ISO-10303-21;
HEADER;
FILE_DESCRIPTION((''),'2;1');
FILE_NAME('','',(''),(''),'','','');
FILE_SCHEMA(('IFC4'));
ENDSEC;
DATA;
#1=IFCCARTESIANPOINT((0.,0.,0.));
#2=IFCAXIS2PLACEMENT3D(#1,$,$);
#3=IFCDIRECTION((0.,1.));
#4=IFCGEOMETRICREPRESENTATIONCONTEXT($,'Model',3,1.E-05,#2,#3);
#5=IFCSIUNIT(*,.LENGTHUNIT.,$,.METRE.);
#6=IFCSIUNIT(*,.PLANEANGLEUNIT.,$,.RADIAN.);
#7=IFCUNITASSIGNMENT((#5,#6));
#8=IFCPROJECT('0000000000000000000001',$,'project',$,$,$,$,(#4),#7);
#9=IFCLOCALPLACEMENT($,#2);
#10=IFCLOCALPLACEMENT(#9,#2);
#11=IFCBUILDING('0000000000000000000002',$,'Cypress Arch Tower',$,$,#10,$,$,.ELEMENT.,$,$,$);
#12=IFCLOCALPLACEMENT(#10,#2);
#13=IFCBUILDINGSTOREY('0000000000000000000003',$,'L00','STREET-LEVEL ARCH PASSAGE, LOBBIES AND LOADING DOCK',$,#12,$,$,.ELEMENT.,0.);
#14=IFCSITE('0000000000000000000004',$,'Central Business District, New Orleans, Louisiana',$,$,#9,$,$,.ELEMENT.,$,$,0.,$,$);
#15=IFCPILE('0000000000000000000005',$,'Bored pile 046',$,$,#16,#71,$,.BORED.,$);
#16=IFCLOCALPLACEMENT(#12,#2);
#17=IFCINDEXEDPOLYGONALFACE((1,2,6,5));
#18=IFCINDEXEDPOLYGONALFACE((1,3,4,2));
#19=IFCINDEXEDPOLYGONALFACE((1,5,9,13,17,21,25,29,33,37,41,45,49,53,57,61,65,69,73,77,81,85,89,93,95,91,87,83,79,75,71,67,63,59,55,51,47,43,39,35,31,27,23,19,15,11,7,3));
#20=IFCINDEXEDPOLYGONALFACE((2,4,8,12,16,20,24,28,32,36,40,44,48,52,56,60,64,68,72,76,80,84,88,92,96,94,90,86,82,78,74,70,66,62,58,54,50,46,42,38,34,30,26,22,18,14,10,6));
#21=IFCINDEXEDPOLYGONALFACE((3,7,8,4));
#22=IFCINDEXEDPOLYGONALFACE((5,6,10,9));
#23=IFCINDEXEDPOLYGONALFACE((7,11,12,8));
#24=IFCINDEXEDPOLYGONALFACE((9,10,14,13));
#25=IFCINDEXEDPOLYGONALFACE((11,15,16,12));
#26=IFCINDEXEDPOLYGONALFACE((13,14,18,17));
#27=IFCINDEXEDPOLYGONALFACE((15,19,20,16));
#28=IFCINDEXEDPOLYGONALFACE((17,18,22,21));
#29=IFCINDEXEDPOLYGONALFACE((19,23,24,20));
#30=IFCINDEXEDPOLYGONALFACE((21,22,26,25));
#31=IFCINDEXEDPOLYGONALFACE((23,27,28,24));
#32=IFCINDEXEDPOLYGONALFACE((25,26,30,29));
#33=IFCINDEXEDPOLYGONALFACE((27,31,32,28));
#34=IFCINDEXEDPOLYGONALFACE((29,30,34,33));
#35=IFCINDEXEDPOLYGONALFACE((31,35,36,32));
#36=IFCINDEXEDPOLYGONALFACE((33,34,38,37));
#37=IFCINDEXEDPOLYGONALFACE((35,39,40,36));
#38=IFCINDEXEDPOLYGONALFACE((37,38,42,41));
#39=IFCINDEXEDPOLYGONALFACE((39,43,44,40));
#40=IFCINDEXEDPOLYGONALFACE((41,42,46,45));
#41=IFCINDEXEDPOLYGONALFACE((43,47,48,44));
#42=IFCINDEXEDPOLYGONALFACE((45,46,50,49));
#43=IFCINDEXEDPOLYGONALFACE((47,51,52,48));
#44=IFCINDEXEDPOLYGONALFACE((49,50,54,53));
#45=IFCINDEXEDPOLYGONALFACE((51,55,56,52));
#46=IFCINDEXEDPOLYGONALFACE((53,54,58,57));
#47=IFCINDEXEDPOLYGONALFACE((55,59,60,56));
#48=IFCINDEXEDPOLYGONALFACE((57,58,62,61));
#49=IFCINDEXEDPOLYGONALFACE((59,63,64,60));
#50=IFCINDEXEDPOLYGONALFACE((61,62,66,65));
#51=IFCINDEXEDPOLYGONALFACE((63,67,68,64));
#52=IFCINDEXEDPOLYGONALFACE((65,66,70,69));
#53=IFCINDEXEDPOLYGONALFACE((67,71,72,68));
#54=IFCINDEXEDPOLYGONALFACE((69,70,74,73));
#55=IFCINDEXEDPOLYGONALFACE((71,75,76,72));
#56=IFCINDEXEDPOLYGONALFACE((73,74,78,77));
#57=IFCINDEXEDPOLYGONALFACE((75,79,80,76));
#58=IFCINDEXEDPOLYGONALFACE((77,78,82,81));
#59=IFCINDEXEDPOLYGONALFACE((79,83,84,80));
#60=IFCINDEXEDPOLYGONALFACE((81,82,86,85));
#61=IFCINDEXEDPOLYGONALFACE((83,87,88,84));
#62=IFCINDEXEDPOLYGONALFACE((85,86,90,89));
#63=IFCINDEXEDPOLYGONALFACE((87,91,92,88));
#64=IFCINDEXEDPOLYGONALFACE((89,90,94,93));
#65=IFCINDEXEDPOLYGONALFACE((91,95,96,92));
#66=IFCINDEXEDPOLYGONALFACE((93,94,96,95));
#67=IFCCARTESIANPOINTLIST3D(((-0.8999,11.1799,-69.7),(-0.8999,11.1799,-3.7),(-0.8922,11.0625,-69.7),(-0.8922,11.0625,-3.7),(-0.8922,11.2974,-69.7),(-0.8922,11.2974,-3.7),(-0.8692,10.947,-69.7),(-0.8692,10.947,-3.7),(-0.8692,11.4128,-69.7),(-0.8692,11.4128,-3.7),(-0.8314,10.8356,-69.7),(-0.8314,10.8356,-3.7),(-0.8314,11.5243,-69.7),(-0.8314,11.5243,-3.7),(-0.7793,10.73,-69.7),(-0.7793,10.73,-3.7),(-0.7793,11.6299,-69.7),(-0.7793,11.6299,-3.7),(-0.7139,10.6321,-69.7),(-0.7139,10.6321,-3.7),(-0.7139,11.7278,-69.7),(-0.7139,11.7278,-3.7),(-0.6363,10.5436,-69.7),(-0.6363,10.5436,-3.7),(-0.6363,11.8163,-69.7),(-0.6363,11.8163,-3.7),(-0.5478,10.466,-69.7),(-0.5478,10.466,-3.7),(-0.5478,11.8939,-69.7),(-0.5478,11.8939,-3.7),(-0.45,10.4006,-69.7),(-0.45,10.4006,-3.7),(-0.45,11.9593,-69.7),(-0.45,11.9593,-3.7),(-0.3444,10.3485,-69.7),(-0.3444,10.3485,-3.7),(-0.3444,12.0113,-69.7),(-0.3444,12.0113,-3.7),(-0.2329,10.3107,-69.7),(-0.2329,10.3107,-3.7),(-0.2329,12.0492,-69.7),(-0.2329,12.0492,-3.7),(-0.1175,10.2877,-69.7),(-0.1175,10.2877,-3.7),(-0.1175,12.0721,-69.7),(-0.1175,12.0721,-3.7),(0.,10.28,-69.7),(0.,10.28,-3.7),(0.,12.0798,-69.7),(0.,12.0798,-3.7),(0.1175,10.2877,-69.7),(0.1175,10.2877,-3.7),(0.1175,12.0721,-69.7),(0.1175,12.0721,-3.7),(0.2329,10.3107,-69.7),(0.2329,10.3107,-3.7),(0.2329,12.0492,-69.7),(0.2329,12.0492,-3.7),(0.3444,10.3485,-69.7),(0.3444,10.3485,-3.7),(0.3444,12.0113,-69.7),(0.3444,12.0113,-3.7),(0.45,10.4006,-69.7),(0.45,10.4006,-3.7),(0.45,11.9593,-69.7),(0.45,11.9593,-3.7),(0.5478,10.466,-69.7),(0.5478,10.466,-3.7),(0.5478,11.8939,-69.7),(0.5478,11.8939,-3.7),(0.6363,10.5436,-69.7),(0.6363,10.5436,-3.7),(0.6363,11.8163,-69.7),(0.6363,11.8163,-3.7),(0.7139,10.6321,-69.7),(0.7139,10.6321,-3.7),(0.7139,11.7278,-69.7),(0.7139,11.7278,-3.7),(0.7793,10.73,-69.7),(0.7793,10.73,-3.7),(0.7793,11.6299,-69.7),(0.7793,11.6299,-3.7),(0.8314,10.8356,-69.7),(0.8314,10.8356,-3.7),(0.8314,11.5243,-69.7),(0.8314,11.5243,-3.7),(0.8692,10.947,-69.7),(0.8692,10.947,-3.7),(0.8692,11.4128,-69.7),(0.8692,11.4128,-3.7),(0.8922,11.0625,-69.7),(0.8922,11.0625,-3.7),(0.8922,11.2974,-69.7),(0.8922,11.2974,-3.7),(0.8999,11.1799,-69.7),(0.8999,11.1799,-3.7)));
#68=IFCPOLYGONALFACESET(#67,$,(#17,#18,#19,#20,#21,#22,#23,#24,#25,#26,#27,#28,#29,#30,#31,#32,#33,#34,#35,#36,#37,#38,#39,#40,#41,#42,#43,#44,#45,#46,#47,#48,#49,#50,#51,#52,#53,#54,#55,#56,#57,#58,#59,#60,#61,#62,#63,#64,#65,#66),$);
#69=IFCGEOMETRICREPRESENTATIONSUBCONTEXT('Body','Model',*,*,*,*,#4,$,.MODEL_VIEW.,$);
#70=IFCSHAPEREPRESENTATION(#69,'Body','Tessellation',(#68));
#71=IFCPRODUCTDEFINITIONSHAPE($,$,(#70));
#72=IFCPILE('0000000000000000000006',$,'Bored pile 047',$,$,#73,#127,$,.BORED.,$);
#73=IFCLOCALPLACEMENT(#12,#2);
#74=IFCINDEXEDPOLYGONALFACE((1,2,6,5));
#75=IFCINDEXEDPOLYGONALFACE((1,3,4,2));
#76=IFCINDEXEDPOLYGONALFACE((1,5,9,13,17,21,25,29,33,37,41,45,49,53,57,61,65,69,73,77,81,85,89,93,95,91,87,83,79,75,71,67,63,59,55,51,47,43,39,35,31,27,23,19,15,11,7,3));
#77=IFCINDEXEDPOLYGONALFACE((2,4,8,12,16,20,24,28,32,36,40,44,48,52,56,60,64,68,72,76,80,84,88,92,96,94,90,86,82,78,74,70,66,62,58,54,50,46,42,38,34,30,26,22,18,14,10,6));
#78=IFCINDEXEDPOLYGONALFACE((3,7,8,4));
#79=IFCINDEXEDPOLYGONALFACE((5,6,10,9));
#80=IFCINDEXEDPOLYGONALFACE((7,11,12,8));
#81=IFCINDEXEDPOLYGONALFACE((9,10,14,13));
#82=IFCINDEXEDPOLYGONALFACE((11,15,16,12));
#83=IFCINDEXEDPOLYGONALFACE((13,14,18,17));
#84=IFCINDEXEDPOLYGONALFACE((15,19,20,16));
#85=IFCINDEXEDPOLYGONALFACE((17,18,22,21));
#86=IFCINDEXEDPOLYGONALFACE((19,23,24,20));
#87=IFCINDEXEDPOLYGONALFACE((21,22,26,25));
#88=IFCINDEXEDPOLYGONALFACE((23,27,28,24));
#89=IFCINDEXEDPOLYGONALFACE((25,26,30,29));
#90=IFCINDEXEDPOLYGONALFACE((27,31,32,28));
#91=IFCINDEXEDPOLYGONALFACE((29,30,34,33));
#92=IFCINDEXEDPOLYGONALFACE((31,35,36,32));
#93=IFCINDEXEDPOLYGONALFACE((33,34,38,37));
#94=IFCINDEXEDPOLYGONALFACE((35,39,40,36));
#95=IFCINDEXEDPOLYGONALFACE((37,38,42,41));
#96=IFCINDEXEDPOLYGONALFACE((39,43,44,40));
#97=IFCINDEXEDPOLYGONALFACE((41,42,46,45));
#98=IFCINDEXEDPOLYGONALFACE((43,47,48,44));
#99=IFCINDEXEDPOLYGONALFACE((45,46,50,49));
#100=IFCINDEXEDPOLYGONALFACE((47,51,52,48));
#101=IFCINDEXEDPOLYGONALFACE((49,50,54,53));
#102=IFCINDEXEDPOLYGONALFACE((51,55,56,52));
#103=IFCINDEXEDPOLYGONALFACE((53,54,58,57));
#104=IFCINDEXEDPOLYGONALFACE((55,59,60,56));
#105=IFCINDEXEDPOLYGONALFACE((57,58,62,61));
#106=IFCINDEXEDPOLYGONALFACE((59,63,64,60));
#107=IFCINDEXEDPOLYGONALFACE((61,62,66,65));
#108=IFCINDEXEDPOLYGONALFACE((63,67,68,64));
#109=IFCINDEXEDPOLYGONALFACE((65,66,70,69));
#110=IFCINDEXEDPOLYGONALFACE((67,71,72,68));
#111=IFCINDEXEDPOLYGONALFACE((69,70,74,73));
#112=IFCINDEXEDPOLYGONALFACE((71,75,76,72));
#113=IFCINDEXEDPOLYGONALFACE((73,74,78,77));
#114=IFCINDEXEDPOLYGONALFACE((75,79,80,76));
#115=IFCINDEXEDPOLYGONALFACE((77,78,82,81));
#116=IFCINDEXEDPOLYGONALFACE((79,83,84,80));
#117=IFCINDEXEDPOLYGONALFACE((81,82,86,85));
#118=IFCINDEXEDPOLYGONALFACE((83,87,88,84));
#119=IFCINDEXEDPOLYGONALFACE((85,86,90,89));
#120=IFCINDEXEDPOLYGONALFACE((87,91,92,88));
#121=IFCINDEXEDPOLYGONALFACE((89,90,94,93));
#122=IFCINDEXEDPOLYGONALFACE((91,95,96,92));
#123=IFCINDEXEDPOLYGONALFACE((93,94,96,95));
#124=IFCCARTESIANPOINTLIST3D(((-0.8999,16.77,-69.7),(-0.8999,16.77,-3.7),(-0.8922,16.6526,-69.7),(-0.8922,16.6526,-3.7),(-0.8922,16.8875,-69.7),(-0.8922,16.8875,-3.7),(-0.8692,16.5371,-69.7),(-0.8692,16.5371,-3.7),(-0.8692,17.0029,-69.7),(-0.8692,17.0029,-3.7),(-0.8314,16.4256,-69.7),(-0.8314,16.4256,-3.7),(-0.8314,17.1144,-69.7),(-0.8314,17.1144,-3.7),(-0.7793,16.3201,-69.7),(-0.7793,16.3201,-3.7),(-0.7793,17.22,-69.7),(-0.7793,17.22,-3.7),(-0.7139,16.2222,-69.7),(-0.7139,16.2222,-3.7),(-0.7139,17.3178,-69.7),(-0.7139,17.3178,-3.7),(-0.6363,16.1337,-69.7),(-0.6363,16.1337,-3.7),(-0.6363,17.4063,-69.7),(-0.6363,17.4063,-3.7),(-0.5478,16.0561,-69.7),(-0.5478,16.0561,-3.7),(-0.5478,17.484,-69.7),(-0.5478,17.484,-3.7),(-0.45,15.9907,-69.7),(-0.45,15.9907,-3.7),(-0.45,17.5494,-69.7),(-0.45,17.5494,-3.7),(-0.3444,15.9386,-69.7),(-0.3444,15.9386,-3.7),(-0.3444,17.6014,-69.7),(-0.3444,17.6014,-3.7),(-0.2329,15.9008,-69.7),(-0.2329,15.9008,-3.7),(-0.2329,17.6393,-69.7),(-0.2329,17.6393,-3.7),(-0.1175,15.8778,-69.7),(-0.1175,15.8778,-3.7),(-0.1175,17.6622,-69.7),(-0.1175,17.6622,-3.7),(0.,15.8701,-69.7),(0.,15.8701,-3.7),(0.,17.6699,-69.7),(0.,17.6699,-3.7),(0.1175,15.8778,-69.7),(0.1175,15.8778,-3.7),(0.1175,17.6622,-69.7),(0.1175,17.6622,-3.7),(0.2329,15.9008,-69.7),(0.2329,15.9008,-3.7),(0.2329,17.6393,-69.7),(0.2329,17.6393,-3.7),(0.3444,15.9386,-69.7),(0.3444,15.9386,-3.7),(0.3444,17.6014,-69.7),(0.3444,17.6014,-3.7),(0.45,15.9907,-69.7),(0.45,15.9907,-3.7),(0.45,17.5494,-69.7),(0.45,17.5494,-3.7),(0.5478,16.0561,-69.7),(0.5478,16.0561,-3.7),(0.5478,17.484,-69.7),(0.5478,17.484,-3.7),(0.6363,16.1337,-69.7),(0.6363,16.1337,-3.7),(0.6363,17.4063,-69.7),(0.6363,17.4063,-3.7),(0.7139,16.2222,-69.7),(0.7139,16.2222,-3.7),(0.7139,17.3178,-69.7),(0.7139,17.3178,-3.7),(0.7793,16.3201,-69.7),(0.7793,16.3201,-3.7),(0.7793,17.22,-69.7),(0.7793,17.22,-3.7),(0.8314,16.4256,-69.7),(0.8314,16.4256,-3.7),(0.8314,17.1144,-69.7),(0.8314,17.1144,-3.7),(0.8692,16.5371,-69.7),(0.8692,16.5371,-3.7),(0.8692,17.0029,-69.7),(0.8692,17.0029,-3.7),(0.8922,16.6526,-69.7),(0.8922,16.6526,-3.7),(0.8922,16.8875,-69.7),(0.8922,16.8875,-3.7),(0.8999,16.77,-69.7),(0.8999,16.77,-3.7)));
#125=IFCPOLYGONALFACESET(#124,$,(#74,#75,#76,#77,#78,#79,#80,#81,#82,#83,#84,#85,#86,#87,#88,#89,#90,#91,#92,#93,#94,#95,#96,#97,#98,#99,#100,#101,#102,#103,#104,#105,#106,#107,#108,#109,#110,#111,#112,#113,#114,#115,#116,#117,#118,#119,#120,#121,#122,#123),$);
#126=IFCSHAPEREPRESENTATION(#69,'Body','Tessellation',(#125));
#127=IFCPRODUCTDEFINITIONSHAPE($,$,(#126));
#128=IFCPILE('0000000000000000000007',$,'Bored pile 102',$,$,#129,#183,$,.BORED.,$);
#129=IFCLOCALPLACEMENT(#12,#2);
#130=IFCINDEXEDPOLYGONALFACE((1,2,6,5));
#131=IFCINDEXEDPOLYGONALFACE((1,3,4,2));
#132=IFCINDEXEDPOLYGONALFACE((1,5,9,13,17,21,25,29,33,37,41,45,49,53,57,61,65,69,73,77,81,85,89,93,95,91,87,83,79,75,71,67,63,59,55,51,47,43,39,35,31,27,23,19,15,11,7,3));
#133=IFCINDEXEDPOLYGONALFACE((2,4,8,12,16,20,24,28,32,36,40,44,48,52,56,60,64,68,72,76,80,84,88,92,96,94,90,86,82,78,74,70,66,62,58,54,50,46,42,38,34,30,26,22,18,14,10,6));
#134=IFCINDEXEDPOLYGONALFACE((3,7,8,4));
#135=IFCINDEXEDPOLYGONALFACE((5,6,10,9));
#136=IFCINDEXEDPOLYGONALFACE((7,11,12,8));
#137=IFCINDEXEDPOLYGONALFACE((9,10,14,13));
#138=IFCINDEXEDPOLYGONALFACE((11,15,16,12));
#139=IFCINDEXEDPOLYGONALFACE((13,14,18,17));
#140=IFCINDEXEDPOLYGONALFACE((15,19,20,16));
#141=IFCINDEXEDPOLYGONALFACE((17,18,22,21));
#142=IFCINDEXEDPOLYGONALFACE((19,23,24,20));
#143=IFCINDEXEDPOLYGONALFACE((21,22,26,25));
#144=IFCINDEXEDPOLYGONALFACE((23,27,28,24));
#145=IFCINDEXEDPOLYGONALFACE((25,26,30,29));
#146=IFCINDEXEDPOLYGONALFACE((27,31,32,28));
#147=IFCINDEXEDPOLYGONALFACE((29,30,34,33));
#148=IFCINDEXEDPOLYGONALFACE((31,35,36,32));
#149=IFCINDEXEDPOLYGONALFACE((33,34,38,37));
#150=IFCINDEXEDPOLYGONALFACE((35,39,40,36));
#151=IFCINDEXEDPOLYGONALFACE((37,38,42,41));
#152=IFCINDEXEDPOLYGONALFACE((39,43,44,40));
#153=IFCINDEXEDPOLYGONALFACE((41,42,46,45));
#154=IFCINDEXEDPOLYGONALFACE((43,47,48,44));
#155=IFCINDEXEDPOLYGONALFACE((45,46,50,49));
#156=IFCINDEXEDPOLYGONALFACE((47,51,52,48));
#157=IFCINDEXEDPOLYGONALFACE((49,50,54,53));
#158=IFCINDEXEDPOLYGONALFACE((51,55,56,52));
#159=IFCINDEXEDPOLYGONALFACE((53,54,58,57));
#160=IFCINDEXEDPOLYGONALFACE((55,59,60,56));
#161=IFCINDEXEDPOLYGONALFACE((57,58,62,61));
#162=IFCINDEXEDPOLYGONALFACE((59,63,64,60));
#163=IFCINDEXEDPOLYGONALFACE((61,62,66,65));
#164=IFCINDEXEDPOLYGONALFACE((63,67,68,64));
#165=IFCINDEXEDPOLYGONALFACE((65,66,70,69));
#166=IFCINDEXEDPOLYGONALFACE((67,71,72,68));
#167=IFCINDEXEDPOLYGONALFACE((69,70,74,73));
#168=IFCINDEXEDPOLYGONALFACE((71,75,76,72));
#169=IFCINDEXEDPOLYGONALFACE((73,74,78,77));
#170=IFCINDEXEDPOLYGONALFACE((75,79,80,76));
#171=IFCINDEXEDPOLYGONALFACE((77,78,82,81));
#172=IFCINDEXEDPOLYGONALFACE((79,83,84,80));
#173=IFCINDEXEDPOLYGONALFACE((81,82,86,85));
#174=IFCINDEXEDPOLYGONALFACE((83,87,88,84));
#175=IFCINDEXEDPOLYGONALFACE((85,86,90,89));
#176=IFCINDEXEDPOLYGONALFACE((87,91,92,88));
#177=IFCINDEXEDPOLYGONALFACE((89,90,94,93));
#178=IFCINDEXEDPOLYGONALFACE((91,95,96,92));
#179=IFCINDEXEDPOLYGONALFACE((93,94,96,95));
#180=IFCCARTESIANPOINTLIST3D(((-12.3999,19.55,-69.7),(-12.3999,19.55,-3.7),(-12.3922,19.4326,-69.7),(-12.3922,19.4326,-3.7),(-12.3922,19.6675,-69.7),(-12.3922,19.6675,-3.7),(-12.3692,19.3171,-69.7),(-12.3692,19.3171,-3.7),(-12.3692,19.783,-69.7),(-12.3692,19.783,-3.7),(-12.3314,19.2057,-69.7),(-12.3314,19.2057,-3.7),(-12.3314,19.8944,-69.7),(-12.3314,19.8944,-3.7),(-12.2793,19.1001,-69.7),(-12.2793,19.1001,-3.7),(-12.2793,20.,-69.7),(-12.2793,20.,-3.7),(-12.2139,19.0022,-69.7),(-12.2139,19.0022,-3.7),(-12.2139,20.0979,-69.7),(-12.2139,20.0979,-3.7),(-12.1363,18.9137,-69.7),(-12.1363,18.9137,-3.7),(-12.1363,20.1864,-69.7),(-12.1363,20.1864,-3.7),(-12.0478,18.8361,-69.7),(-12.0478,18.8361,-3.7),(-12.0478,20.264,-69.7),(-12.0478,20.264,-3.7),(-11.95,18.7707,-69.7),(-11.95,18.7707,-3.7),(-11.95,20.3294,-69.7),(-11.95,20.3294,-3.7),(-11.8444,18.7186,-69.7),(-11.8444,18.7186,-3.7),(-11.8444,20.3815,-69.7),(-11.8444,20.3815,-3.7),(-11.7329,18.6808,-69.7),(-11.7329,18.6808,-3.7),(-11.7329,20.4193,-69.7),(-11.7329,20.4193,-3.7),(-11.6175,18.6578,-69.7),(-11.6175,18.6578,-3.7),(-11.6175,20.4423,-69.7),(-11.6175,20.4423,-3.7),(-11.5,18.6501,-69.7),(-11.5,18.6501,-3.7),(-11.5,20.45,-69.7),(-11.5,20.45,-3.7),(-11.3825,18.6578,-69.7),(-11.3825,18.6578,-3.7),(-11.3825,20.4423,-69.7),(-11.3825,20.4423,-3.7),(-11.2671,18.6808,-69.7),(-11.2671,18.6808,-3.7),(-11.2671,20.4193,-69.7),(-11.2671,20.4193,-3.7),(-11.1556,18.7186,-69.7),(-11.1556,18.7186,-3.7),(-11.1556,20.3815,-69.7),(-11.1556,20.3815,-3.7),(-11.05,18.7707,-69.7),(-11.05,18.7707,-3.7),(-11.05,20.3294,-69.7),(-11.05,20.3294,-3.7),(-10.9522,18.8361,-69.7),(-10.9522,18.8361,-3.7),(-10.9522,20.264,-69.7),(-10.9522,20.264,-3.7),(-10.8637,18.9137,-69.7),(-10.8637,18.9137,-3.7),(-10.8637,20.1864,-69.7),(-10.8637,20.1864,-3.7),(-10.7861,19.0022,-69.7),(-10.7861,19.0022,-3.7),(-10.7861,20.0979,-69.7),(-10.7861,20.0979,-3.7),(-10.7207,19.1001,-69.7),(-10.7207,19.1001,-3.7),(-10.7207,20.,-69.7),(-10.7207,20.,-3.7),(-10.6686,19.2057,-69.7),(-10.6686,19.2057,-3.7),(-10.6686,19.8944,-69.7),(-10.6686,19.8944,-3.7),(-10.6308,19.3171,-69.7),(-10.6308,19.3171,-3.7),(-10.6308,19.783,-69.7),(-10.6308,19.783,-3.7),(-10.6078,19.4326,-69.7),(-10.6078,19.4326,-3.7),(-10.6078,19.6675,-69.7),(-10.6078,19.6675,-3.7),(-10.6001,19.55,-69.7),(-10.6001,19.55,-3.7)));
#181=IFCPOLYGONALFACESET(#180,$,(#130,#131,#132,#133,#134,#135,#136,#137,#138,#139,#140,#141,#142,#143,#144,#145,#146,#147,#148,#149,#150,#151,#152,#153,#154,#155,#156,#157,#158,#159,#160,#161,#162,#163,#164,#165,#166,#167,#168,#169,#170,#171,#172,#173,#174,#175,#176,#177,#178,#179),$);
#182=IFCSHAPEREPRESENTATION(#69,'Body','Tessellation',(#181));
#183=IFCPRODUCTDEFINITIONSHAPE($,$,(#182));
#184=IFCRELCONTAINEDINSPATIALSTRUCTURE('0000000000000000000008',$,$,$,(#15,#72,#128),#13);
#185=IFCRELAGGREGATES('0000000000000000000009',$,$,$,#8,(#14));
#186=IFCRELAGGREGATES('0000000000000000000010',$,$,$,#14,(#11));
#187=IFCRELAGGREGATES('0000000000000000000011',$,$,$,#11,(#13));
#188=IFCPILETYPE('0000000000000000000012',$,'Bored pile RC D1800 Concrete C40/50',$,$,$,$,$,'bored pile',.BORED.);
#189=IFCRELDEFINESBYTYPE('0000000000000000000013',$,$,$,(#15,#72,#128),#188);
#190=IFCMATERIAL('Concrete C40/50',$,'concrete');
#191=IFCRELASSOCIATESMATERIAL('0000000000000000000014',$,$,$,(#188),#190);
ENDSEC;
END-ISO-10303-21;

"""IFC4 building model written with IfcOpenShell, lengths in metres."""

from ifc_helpers import new_model, si_unit, direction, frame, origin, origin_2d, place, context, subcontext, project, spatial, circle, extrude, material, material_profile, profile_set, type_object, element, save


model = new_model("IFC4")

# Units and contexts
model_context = context("Model", 3, precision=1e-05, world=origin(), true_north=direction((0.0, 1.0)))
body_context = subcontext(model_context, "Body", "Model", "MODEL_VIEW")
ifc_project = project(units=[si_unit("LENGTHUNIT", "METRE"), si_unit("PLANEANGLEUNIT", "RADIAN")], contexts=[model_context])

# Site, building, storey
site_placement = place(None, origin())
site = spatial("IfcSite", under=ifc_project, at=site_placement, Name="Central Business District, New Orleans, Louisiana", CompositionType="ELEMENT", RefElevation=0.0)
building_placement = place(site_placement, origin())
building = spatial("IfcBuilding", under=site, at=building_placement, Name="Cypress Arch Tower", CompositionType="ELEMENT")
storey_placement = place(building_placement, origin())
storey = spatial("IfcBuildingStorey", under=building, at=storey_placement, Name="L00", Description="STREET-LEVEL ARCH PASSAGE, LOBBIES AND LOADING DOCK", CompositionType="ELEMENT", Elevation=0.0)

# Piles
ifc_material_1 = material(Name="Concrete C40/50", Category="concrete")
ifc_material_profile_1 = material_profile(ifc_material_1, circle(Radius=0.8999, at=origin_2d()), Name="RC D1800")
ifc_profile_set_1 = profile_set([ifc_material_profile_1], Name="Concrete C40/50")
pile_type = type_object("IfcPileType", Name="Bored pile RC D1800 Concrete C40/50", ElementType="bored pile", PredefinedType="BORED", material=ifc_profile_set_1)
for number, where, z_axis, x_axis, name in (
    (1, (0.0, 11.1799, -3.7), (0.0, 0.0, -1.0), (1.0, 0.0, 0.0), "Bored pile 046"),
    (2, (0.0, 16.77, -3.7), (0.0, 0.0, -1.0), (1.0, 0.0, 0.0), "Bored pile 047"),
    (3, (-11.5, 19.55, -3.7), (0.0, 0.0, -1.0), (1.0, 0.0, 0.0), "Bored pile 102"),
):
    element("IfcPile", number, at=place(storey_placement, frame(where, z_axis=z_axis, x_axis=x_axis)), inside=storey, type_object=pile_type, Name=name, PredefinedType="BORED", context=body_context, shape_type="SweptSolid", body=[
        extrude(circle(Radius=0.8999, at=origin_2d()), origin(), (0.0, 0.0, 1.0), 66.0),
    ])

save(model, "model.ifc")
